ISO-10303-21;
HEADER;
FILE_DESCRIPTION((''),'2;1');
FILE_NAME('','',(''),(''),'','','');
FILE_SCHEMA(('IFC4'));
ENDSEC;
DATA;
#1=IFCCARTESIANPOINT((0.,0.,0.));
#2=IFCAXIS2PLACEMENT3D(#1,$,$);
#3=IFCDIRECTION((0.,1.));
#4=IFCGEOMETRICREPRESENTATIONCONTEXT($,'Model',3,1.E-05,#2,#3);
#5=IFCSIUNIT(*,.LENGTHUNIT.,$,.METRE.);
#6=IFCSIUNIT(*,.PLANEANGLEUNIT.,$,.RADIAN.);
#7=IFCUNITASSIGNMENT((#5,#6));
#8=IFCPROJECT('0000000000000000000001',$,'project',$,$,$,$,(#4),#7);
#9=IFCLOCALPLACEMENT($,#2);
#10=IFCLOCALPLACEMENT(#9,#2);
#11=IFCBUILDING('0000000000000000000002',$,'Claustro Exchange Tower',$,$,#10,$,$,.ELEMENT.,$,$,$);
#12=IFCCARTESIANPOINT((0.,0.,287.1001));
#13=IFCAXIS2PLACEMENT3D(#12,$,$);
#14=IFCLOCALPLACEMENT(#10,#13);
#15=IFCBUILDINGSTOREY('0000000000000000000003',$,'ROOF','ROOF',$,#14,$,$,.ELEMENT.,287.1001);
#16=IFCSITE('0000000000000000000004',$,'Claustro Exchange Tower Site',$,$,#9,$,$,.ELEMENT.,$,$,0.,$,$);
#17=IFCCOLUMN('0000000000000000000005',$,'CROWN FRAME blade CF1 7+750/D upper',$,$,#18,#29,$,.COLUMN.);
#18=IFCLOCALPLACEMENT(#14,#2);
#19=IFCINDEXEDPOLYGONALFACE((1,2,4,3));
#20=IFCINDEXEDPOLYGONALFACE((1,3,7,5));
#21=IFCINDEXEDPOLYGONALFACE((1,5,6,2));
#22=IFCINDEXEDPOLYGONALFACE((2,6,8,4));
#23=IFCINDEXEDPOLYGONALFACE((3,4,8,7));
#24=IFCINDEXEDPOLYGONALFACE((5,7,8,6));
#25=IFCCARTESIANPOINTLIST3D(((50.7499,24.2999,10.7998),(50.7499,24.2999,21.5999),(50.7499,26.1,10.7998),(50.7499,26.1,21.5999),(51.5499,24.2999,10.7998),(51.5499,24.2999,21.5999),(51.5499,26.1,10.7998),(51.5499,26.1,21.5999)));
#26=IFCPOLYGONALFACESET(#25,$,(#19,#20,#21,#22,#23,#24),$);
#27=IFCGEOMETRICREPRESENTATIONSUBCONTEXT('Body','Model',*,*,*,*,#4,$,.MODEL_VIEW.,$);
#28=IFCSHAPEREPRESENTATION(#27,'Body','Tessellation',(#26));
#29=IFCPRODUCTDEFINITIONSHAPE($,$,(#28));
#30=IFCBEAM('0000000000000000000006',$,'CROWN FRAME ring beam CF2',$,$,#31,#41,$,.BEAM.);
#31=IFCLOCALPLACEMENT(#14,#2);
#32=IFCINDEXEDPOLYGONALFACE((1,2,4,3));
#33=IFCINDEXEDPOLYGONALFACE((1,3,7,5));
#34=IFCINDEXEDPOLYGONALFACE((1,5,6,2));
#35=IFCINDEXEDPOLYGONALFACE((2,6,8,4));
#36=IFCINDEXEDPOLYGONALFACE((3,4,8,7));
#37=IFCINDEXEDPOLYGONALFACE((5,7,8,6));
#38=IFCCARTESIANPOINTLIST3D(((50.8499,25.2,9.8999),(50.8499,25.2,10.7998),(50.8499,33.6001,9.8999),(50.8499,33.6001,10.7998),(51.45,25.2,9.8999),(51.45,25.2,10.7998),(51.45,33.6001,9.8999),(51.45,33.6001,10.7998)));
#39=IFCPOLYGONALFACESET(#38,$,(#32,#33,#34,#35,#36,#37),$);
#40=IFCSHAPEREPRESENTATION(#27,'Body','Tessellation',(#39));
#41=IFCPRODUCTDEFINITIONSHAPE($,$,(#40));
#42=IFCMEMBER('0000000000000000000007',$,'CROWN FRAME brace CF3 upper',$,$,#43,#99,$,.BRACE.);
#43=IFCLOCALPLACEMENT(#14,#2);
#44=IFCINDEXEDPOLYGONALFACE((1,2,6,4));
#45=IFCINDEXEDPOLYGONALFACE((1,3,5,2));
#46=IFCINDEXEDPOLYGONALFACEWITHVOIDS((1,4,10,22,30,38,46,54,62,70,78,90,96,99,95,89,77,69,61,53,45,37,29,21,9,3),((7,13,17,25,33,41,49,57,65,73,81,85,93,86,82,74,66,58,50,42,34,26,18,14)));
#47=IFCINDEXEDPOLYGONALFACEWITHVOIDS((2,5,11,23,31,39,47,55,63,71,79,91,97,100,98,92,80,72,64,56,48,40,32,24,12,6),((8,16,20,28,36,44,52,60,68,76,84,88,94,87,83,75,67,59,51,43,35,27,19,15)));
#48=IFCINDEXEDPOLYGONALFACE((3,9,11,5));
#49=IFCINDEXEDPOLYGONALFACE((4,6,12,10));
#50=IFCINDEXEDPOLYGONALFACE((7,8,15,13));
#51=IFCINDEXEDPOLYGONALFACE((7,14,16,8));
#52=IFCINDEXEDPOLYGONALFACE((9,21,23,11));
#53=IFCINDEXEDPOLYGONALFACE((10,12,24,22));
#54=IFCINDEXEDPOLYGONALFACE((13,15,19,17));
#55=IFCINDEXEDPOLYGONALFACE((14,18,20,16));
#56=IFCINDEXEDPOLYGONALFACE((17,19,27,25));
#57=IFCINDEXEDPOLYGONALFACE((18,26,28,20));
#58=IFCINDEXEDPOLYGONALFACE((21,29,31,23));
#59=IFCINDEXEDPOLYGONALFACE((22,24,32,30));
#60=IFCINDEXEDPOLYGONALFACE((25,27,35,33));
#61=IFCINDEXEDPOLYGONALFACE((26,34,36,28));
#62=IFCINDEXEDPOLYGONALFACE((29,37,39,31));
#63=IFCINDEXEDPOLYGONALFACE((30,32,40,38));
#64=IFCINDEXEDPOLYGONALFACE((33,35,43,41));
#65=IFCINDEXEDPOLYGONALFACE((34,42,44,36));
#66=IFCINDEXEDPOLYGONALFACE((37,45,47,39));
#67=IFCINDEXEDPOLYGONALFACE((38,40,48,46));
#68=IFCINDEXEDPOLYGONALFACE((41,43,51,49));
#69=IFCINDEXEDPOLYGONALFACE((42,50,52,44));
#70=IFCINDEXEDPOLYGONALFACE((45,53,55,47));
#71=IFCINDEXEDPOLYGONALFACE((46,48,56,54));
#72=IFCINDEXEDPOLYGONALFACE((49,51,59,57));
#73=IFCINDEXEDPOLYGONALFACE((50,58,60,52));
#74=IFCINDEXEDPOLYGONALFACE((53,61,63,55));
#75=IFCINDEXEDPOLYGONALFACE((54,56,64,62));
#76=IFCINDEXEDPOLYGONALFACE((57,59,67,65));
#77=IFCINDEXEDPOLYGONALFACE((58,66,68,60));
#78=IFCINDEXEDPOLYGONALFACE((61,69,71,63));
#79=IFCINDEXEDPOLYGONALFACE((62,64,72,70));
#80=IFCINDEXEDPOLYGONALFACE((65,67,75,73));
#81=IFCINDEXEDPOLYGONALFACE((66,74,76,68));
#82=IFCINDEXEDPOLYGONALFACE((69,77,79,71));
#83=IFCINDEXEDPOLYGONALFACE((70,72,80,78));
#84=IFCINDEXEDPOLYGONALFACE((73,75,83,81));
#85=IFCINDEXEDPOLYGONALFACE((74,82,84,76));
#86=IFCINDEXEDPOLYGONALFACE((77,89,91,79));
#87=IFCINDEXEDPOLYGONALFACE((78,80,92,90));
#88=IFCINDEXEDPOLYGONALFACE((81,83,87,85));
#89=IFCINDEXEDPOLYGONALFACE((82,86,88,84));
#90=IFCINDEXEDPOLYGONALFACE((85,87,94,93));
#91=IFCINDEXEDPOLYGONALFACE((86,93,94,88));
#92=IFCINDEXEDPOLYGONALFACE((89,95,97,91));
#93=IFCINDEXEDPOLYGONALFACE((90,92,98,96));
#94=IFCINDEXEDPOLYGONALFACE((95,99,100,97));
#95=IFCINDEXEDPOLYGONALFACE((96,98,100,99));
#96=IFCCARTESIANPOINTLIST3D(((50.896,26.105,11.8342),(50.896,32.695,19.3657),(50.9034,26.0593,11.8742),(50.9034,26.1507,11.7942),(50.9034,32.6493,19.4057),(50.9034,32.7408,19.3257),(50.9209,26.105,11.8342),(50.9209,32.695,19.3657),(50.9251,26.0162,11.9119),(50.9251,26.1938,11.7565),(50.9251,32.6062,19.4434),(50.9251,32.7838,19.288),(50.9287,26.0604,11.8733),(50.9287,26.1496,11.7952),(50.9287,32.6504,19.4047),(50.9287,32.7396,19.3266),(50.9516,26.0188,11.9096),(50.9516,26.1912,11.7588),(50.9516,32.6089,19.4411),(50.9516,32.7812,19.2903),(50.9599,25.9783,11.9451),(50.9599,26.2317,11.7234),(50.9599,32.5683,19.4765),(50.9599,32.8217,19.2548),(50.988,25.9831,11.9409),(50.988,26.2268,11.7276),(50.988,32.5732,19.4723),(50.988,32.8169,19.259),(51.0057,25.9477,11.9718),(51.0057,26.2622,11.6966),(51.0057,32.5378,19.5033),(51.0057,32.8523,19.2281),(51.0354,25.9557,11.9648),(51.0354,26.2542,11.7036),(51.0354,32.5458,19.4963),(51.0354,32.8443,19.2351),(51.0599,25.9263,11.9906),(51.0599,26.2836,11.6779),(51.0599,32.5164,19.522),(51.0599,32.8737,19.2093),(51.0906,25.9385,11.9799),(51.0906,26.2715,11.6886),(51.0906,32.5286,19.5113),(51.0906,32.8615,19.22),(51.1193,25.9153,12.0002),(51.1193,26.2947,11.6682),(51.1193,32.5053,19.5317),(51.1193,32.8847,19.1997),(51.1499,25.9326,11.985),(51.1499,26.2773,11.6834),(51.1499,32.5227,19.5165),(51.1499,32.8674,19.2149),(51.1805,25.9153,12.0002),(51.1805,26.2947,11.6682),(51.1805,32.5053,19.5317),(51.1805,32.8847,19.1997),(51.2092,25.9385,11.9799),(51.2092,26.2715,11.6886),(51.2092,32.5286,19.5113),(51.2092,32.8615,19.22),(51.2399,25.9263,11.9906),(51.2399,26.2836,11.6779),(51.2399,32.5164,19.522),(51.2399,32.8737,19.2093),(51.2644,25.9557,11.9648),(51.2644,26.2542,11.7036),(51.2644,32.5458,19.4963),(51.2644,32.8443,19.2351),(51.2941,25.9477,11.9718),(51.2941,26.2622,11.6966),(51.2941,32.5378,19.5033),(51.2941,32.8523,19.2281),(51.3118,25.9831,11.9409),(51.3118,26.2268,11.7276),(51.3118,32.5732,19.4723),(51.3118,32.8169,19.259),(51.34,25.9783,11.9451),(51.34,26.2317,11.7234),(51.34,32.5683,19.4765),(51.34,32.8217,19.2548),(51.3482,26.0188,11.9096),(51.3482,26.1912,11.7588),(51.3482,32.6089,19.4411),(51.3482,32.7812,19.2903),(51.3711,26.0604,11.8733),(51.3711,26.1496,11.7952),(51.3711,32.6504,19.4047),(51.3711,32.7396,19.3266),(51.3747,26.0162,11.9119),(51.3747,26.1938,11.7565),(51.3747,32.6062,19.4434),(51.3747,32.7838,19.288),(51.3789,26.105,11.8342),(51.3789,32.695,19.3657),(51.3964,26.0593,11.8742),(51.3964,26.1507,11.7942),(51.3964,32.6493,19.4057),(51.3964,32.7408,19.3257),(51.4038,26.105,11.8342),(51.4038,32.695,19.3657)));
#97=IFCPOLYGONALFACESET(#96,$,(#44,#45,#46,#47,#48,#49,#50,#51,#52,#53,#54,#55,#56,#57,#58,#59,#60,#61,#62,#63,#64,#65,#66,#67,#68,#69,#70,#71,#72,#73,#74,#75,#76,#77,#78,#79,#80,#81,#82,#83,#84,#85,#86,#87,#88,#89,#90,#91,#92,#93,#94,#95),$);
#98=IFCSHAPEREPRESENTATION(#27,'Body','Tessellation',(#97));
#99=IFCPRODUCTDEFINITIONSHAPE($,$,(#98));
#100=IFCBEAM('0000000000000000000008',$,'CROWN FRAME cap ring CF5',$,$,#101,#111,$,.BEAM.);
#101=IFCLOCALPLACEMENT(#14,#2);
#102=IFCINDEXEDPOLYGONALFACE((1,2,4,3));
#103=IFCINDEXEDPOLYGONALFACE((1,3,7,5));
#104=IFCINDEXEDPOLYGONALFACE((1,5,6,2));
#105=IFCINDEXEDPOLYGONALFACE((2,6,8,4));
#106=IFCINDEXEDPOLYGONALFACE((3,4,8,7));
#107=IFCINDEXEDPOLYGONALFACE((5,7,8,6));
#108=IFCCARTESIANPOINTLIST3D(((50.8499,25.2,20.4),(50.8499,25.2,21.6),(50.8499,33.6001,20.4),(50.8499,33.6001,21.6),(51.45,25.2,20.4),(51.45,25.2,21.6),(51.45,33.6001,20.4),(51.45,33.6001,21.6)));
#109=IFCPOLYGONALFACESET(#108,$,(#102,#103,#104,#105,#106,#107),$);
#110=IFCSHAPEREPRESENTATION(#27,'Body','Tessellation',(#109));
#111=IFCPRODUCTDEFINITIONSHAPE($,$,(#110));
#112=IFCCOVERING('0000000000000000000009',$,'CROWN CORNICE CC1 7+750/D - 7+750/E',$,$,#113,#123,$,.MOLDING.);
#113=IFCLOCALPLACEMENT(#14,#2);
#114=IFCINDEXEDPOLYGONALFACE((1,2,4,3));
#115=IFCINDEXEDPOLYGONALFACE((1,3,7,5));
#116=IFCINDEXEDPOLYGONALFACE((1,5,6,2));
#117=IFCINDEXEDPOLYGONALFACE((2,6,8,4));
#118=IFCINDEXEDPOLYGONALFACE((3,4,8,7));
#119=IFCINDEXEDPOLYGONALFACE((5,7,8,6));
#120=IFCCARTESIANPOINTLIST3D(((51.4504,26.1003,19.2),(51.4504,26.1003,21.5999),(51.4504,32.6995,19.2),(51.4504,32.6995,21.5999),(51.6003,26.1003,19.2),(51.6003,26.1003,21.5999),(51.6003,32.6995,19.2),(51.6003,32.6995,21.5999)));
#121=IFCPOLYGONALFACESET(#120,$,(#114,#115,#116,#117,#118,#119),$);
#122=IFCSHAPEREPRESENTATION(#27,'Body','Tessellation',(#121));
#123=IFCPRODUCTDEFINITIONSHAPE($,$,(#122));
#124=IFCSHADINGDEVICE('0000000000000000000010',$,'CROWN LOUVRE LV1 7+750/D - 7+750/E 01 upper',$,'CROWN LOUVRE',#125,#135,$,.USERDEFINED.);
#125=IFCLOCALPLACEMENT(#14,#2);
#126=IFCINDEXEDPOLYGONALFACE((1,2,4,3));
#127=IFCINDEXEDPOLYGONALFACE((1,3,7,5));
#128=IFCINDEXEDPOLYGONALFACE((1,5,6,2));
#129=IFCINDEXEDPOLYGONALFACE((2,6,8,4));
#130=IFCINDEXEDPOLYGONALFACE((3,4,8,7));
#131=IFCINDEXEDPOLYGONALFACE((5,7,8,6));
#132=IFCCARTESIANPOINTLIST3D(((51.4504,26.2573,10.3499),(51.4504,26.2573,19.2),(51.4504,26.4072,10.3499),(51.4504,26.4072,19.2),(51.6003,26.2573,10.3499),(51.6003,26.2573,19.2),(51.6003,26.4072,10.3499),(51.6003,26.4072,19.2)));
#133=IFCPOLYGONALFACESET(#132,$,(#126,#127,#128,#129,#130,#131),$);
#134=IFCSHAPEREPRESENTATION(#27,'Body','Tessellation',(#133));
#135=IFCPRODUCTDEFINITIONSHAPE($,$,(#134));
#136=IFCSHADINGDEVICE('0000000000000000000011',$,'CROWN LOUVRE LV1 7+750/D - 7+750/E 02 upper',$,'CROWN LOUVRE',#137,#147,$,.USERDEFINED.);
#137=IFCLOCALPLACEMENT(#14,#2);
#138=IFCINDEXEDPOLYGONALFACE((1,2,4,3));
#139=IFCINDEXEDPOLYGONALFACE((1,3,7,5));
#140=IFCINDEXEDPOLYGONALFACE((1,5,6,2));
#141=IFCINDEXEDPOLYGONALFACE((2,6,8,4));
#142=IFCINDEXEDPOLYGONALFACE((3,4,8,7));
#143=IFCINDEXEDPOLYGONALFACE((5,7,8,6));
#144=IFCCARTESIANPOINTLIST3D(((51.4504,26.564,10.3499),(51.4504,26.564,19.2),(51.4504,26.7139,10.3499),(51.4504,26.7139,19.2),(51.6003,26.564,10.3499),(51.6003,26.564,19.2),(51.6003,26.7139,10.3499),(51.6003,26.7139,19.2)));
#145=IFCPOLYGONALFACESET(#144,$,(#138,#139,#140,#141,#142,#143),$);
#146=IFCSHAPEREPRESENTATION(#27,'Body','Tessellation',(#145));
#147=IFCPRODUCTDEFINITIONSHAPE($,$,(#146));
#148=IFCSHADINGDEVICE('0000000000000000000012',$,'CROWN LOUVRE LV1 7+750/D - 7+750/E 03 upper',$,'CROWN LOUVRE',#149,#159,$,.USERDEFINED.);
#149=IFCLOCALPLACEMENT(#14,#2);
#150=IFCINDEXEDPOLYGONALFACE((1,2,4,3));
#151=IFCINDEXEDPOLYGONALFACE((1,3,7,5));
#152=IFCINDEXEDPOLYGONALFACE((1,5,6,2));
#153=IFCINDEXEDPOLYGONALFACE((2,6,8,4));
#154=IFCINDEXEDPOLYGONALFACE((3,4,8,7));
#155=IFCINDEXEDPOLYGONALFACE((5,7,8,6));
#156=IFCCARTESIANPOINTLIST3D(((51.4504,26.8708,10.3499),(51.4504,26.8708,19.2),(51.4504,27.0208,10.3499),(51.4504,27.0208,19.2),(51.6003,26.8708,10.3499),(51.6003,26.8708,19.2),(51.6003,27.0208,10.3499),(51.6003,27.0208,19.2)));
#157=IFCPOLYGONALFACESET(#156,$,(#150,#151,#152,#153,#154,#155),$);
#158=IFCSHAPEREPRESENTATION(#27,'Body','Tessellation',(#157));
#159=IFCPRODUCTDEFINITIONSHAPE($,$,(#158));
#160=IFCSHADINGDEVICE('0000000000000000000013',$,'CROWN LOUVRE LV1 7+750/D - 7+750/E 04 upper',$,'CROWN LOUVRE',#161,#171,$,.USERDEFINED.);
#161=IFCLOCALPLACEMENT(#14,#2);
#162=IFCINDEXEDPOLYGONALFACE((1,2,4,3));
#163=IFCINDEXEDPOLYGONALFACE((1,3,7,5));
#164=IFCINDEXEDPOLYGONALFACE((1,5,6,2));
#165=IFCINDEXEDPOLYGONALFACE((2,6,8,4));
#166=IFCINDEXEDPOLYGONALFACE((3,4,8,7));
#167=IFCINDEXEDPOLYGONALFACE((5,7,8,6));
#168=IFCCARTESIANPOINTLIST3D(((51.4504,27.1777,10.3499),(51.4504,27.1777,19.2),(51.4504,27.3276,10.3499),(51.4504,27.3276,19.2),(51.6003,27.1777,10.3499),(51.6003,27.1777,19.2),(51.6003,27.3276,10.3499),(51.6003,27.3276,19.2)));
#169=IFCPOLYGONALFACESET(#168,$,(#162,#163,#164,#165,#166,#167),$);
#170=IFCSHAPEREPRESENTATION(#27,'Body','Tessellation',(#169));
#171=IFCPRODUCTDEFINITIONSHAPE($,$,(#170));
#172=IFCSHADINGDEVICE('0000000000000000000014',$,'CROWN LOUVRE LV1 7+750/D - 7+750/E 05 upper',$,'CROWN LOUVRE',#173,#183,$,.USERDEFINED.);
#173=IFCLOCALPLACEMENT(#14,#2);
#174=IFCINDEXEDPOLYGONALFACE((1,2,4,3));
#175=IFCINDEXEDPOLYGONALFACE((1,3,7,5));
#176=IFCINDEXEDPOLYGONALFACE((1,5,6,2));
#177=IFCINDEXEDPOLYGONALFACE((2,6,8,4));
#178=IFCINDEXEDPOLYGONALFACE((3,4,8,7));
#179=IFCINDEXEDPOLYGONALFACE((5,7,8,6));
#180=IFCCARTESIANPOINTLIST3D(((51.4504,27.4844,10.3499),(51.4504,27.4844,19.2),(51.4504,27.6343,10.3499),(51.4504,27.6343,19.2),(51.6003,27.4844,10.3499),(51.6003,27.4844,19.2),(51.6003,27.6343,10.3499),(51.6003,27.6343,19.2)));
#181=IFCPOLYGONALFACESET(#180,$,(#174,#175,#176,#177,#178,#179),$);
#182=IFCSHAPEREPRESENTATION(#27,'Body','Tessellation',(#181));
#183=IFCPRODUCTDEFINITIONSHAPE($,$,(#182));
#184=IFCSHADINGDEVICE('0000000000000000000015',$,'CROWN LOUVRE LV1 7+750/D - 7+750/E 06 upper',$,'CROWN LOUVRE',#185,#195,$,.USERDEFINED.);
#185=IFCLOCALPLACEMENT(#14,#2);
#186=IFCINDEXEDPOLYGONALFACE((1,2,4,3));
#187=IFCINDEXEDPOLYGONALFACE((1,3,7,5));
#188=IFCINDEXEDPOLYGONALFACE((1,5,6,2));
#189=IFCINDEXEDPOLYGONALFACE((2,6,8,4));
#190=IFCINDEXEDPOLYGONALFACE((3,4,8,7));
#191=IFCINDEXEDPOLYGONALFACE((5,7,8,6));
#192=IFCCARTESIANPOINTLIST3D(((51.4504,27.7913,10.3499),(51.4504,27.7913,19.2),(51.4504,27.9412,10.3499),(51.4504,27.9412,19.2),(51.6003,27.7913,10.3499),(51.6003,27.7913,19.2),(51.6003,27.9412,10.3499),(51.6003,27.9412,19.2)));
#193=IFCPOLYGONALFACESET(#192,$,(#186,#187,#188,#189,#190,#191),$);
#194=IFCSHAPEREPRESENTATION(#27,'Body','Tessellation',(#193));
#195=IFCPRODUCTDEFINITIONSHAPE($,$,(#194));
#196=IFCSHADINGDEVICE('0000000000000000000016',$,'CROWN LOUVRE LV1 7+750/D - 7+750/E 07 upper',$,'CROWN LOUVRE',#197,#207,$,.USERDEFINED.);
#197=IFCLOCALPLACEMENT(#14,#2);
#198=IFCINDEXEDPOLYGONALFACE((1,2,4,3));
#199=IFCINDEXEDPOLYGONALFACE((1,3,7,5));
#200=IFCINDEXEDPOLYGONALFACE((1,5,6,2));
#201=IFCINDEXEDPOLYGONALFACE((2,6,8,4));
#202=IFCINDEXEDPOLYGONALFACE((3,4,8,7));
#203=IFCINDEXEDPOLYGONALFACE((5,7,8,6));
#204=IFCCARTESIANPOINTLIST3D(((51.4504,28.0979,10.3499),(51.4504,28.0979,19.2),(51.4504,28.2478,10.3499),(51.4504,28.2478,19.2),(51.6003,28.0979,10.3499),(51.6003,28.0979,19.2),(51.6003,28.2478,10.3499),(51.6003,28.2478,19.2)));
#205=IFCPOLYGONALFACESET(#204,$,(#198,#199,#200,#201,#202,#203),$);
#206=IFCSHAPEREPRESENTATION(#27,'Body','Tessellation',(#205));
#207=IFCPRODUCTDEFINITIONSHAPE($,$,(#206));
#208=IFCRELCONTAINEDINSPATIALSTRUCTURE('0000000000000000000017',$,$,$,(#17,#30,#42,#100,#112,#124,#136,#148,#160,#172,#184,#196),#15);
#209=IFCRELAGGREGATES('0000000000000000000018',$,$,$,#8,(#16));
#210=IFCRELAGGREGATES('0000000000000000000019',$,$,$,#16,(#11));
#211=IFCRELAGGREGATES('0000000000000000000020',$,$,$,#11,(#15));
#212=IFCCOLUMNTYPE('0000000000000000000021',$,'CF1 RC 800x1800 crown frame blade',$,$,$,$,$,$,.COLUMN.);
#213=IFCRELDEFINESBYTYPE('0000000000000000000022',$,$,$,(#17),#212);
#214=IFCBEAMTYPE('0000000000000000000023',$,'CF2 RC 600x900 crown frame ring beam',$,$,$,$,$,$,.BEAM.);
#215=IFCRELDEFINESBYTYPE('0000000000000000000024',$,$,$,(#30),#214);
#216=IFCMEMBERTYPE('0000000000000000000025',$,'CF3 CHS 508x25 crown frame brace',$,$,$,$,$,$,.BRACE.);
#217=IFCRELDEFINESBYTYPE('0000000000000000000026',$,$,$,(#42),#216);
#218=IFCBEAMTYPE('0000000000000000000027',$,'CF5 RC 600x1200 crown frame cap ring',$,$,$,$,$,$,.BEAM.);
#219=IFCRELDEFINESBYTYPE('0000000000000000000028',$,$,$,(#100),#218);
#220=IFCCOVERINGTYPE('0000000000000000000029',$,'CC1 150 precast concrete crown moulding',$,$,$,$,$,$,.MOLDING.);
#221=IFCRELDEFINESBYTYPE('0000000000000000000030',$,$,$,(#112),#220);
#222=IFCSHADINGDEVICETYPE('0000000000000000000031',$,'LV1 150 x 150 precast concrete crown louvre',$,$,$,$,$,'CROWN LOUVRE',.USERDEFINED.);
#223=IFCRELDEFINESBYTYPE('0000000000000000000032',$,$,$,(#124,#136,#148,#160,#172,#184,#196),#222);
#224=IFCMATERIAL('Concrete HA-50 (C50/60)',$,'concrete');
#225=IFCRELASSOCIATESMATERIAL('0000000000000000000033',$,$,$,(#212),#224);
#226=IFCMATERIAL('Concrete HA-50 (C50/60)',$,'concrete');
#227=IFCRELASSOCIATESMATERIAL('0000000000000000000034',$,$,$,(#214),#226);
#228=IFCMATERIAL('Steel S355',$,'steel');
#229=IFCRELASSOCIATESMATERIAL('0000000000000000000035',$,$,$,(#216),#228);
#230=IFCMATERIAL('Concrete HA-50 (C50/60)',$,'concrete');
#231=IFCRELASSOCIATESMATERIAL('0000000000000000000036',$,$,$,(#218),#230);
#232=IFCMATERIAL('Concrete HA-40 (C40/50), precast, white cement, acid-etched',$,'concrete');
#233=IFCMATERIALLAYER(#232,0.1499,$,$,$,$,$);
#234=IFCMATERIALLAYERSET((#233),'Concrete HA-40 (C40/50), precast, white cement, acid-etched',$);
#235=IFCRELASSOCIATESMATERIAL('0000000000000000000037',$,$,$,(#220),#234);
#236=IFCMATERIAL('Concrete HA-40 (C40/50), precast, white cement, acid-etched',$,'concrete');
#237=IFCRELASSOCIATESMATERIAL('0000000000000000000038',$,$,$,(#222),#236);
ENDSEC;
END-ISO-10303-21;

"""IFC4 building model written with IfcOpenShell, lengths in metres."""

from ifc_helpers import new_model, si_unit, direction, frame, origin, origin_2d, place, context, subcontext, project, spatial, rectangle, hollow_circle, extrude, material, layer, layer_set, material_profile, profile_set, type_object, element, save


model = new_model("IFC4")

# Units and contexts
model_context = context("Model", 3, precision=1e-05, world=origin(), true_north=direction((0.0, 1.0)))
body_context = subcontext(model_context, "Body", "Model", "MODEL_VIEW")
ifc_project = project(units=[si_unit("LENGTHUNIT", "METRE"), si_unit("PLANEANGLEUNIT", "RADIAN")], contexts=[model_context])

# Site, building, storey
site_placement = place(None, origin())
site = spatial("IfcSite", under=ifc_project, at=site_placement, Name="Claustro Exchange Tower Site", CompositionType="ELEMENT", RefElevation=0.0)
building_placement = place(site_placement, origin())
building = spatial("IfcBuilding", under=site, at=building_placement, Name="Claustro Exchange Tower", CompositionType="ELEMENT")
storey_placement = place(building_placement, frame((0.0, 0.0, 287.1001)))
storey = spatial("IfcBuildingStorey", under=building, at=storey_placement, Name="ROOF", Description="ROOF", CompositionType="ELEMENT", Elevation=287.1001)

# Column
ifc_material_1 = material(Name="Concrete HA-50 (C50/60)", Category="concrete")
ifc_material_profile_1 = material_profile(ifc_material_1, rectangle(XDim=0.8, YDim=1.8, at=origin_2d()), Name="RC 800x1800")
ifc_profile_set_1 = profile_set([ifc_material_profile_1], Name="Concrete HA-50 (C50/60)")
column_type = type_object("IfcColumnType", Name="CF1 RC 800x1800 crown frame blade", PredefinedType="COLUMN", material=ifc_profile_set_1)
column_placement = place(storey_placement, frame((51.1499, 25.2, 10.7998), z_axis=(0.0, 0.0, 1.0), x_axis=(1.0, 0.0, 0.0)))
element("IfcColumn", 1, at=column_placement, inside=storey, type_object=column_type, Name="CROWN FRAME blade CF1 7+750/D upper", PredefinedType="COLUMN", context=body_context, shape_type="SweptSolid", body=[
    extrude(rectangle(XDim=0.8, YDim=1.8, at=origin_2d()), origin(), (0.0, 0.0, 1.0), 10.8),
])

# Beam
ifc_material_2 = material(Name="Concrete HA-50 (C50/60)", Category="concrete")
ifc_material_profile_2 = material_profile(ifc_material_2, rectangle(XDim=0.6001, YDim=0.8999, at=origin_2d()), Name="RC 600x900")
ifc_profile_set_2 = profile_set([ifc_material_profile_2], Name="Concrete HA-50 (C50/60)")
beam_type_1 = type_object("IfcBeamType", Name="CF2 RC 600x900 crown frame ring beam", PredefinedType="BEAM", material=ifc_profile_set_2)
beam_1_placement = place(storey_placement, frame((51.1499, 25.2, 10.3499), z_axis=(0.0, 1.0, 0.0), x_axis=(-1.0, 0.0, 0.0)))
element("IfcBeam", 2, at=beam_1_placement, inside=storey, type_object=beam_type_1, Name="CROWN FRAME ring beam CF2", PredefinedType="BEAM", context=body_context, shape_type="SweptSolid", body=[
    extrude(rectangle(XDim=0.6001, YDim=0.8999, at=origin_2d()), origin(), (0.0, 0.0, 1.0), 8.4001),
])

# Member
ifc_material_3 = material(Name="Steel S355", Category="steel")
ifc_material_profile_3 = material_profile(ifc_material_3, hollow_circle(Radius=0.2539, WallThickness=0.0249, at=origin_2d()), Name="CHS 508x25")
ifc_profile_set_3 = profile_set([ifc_material_profile_3], Name="Steel S355")
member_type = type_object("IfcMemberType", Name="CF3 CHS 508x25 crown frame brace", PredefinedType="BRACE", material=ifc_profile_set_3)
member_placement = place(storey_placement, frame((51.1499, 26.105, 11.8342), z_axis=(0.0, 0.658506, 0.752575), x_axis=(-1.0, 0.0, 0.0)))
element("IfcMember", 3, at=member_placement, inside=storey, type_object=member_type, Name="CROWN FRAME brace CF3 upper", PredefinedType="BRACE", context=body_context, shape_type="SweptSolid", body=[
    extrude(hollow_circle(Radius=0.2539, WallThickness=0.0249, at=origin_2d()), origin(), (0.0, 0.0, 1.0), 10.0076),
])

# Beam
ifc_material_4 = material(Name="Concrete HA-50 (C50/60)", Category="concrete")
ifc_material_profile_4 = material_profile(ifc_material_4, rectangle(XDim=0.6001, YDim=1.2, at=origin_2d()), Name="RC 600x1200")
ifc_profile_set_4 = profile_set([ifc_material_profile_4], Name="Concrete HA-50 (C50/60)")
beam_type_2 = type_object("IfcBeamType", Name="CF5 RC 600x1200 crown frame cap ring", PredefinedType="BEAM", material=ifc_profile_set_4)
beam_2_placement = place(storey_placement, frame((51.1499, 25.2, 21.0), z_axis=(0.0, 1.0, 0.0), x_axis=(-1.0, 0.0, 0.0)))
element("IfcBeam", 4, at=beam_2_placement, inside=storey, type_object=beam_type_2, Name="CROWN FRAME cap ring CF5", PredefinedType="BEAM", context=body_context, shape_type="SweptSolid", body=[
    extrude(rectangle(XDim=0.6001, YDim=1.2, at=origin_2d()), origin(), (0.0, 0.0, 1.0), 8.4001),
])

# Covering
ifc_material_5 = material(Name="Concrete HA-40 (C40/50), precast, white cement, acid-etched", Category="concrete")
ifc_layer_1 = layer(ifc_material_5, 0.1499)
ifc_layer_set_1 = layer_set([ifc_layer_1], Name="Concrete HA-40 (C40/50), precast, white cement, acid-etched")
covering_type = type_object("IfcCoveringType", Name="CC1 150 precast concrete crown moulding", PredefinedType="MOLDING", material=ifc_layer_set_1)
covering_placement = place(storey_placement, frame((51.5254, 29.3999, 19.2), z_axis=(0.0, 0.0, 1.0), x_axis=(0.0, 1.0, 0.0)))
element("IfcCovering", 5, at=covering_placement, inside=storey, type_object=covering_type, Name="CROWN CORNICE CC1 7+750/D - 7+750/E", PredefinedType="MOLDING", context=body_context, shape_type="SweptSolid", body=[
    extrude(rectangle(XDim=6.5991, YDim=0.1499, at=origin_2d()), origin(), (0.0, 0.0, 1.0), 2.3999),
])

# Shading devices
ifc_material_6 = material(Name="Concrete HA-40 (C40/50), precast, white cement, acid-etched", Category="concrete")
shading_device_type = type_object("IfcShadingDeviceType", Name="LV1 150 x 150 precast concrete crown louvre", ElementType="CROWN LOUVRE", PredefinedType="USERDEFINED", material=ifc_material_6)
for number, where, z_axis, x_axis, name in (
    (6, (51.5254, 26.3323, 10.3499), (0.0, 0.0, 1.0), (0.0, 1.0, 0.0), "CROWN LOUVRE LV1 7+750/D - 7+750/E 01 upper"),
    (7, (51.5254, 26.6389, 10.3499), (0.0, 0.0, 1.0), (0.0, 1.0, 0.0), "CROWN LOUVRE LV1 7+750/D - 7+750/E 02 upper"),
    (8, (51.5254, 26.9458, 10.3499), (0.0, 0.0, 1.0), (0.0, 1.0, 0.0), "CROWN LOUVRE LV1 7+750/D - 7+750/E 03 upper"),
    (9, (51.5254, 27.2527, 10.3499), (0.0, 0.0, 1.0), (0.0, 1.0, 0.0), "CROWN LOUVRE LV1 7+750/D - 7+750/E 04 upper"),
    (10, (51.5254, 27.5593, 10.3499), (0.0, 0.0, 1.0), (0.0, 1.0, 0.0), "CROWN LOUVRE LV1 7+750/D - 7+750/E 05 upper"),
    (11, (51.5254, 27.8662, 10.3499), (0.0, 0.0, 1.0), (0.0, 1.0, 0.0), "CROWN LOUVRE LV1 7+750/D - 7+750/E 06 upper"),
    (12, (51.5254, 28.1729, 10.3499), (0.0, 0.0, 1.0), (0.0, 1.0, 0.0), "CROWN LOUVRE LV1 7+750/D - 7+750/E 07 upper"),
):
    element("IfcShadingDevice", number, at=place(storey_placement, frame(where, z_axis=z_axis, x_axis=x_axis)), inside=storey, type_object=shading_device_type, Name=name, ObjectType="CROWN LOUVRE", PredefinedType="USERDEFINED", context=body_context, shape_type="SweptSolid", body=[
        extrude(rectangle(XDim=0.1499, YDim=0.1499, at=origin_2d()), origin(), (0.0, 0.0, 1.0), 8.8501),
    ])

save(model, "model.ifc")
